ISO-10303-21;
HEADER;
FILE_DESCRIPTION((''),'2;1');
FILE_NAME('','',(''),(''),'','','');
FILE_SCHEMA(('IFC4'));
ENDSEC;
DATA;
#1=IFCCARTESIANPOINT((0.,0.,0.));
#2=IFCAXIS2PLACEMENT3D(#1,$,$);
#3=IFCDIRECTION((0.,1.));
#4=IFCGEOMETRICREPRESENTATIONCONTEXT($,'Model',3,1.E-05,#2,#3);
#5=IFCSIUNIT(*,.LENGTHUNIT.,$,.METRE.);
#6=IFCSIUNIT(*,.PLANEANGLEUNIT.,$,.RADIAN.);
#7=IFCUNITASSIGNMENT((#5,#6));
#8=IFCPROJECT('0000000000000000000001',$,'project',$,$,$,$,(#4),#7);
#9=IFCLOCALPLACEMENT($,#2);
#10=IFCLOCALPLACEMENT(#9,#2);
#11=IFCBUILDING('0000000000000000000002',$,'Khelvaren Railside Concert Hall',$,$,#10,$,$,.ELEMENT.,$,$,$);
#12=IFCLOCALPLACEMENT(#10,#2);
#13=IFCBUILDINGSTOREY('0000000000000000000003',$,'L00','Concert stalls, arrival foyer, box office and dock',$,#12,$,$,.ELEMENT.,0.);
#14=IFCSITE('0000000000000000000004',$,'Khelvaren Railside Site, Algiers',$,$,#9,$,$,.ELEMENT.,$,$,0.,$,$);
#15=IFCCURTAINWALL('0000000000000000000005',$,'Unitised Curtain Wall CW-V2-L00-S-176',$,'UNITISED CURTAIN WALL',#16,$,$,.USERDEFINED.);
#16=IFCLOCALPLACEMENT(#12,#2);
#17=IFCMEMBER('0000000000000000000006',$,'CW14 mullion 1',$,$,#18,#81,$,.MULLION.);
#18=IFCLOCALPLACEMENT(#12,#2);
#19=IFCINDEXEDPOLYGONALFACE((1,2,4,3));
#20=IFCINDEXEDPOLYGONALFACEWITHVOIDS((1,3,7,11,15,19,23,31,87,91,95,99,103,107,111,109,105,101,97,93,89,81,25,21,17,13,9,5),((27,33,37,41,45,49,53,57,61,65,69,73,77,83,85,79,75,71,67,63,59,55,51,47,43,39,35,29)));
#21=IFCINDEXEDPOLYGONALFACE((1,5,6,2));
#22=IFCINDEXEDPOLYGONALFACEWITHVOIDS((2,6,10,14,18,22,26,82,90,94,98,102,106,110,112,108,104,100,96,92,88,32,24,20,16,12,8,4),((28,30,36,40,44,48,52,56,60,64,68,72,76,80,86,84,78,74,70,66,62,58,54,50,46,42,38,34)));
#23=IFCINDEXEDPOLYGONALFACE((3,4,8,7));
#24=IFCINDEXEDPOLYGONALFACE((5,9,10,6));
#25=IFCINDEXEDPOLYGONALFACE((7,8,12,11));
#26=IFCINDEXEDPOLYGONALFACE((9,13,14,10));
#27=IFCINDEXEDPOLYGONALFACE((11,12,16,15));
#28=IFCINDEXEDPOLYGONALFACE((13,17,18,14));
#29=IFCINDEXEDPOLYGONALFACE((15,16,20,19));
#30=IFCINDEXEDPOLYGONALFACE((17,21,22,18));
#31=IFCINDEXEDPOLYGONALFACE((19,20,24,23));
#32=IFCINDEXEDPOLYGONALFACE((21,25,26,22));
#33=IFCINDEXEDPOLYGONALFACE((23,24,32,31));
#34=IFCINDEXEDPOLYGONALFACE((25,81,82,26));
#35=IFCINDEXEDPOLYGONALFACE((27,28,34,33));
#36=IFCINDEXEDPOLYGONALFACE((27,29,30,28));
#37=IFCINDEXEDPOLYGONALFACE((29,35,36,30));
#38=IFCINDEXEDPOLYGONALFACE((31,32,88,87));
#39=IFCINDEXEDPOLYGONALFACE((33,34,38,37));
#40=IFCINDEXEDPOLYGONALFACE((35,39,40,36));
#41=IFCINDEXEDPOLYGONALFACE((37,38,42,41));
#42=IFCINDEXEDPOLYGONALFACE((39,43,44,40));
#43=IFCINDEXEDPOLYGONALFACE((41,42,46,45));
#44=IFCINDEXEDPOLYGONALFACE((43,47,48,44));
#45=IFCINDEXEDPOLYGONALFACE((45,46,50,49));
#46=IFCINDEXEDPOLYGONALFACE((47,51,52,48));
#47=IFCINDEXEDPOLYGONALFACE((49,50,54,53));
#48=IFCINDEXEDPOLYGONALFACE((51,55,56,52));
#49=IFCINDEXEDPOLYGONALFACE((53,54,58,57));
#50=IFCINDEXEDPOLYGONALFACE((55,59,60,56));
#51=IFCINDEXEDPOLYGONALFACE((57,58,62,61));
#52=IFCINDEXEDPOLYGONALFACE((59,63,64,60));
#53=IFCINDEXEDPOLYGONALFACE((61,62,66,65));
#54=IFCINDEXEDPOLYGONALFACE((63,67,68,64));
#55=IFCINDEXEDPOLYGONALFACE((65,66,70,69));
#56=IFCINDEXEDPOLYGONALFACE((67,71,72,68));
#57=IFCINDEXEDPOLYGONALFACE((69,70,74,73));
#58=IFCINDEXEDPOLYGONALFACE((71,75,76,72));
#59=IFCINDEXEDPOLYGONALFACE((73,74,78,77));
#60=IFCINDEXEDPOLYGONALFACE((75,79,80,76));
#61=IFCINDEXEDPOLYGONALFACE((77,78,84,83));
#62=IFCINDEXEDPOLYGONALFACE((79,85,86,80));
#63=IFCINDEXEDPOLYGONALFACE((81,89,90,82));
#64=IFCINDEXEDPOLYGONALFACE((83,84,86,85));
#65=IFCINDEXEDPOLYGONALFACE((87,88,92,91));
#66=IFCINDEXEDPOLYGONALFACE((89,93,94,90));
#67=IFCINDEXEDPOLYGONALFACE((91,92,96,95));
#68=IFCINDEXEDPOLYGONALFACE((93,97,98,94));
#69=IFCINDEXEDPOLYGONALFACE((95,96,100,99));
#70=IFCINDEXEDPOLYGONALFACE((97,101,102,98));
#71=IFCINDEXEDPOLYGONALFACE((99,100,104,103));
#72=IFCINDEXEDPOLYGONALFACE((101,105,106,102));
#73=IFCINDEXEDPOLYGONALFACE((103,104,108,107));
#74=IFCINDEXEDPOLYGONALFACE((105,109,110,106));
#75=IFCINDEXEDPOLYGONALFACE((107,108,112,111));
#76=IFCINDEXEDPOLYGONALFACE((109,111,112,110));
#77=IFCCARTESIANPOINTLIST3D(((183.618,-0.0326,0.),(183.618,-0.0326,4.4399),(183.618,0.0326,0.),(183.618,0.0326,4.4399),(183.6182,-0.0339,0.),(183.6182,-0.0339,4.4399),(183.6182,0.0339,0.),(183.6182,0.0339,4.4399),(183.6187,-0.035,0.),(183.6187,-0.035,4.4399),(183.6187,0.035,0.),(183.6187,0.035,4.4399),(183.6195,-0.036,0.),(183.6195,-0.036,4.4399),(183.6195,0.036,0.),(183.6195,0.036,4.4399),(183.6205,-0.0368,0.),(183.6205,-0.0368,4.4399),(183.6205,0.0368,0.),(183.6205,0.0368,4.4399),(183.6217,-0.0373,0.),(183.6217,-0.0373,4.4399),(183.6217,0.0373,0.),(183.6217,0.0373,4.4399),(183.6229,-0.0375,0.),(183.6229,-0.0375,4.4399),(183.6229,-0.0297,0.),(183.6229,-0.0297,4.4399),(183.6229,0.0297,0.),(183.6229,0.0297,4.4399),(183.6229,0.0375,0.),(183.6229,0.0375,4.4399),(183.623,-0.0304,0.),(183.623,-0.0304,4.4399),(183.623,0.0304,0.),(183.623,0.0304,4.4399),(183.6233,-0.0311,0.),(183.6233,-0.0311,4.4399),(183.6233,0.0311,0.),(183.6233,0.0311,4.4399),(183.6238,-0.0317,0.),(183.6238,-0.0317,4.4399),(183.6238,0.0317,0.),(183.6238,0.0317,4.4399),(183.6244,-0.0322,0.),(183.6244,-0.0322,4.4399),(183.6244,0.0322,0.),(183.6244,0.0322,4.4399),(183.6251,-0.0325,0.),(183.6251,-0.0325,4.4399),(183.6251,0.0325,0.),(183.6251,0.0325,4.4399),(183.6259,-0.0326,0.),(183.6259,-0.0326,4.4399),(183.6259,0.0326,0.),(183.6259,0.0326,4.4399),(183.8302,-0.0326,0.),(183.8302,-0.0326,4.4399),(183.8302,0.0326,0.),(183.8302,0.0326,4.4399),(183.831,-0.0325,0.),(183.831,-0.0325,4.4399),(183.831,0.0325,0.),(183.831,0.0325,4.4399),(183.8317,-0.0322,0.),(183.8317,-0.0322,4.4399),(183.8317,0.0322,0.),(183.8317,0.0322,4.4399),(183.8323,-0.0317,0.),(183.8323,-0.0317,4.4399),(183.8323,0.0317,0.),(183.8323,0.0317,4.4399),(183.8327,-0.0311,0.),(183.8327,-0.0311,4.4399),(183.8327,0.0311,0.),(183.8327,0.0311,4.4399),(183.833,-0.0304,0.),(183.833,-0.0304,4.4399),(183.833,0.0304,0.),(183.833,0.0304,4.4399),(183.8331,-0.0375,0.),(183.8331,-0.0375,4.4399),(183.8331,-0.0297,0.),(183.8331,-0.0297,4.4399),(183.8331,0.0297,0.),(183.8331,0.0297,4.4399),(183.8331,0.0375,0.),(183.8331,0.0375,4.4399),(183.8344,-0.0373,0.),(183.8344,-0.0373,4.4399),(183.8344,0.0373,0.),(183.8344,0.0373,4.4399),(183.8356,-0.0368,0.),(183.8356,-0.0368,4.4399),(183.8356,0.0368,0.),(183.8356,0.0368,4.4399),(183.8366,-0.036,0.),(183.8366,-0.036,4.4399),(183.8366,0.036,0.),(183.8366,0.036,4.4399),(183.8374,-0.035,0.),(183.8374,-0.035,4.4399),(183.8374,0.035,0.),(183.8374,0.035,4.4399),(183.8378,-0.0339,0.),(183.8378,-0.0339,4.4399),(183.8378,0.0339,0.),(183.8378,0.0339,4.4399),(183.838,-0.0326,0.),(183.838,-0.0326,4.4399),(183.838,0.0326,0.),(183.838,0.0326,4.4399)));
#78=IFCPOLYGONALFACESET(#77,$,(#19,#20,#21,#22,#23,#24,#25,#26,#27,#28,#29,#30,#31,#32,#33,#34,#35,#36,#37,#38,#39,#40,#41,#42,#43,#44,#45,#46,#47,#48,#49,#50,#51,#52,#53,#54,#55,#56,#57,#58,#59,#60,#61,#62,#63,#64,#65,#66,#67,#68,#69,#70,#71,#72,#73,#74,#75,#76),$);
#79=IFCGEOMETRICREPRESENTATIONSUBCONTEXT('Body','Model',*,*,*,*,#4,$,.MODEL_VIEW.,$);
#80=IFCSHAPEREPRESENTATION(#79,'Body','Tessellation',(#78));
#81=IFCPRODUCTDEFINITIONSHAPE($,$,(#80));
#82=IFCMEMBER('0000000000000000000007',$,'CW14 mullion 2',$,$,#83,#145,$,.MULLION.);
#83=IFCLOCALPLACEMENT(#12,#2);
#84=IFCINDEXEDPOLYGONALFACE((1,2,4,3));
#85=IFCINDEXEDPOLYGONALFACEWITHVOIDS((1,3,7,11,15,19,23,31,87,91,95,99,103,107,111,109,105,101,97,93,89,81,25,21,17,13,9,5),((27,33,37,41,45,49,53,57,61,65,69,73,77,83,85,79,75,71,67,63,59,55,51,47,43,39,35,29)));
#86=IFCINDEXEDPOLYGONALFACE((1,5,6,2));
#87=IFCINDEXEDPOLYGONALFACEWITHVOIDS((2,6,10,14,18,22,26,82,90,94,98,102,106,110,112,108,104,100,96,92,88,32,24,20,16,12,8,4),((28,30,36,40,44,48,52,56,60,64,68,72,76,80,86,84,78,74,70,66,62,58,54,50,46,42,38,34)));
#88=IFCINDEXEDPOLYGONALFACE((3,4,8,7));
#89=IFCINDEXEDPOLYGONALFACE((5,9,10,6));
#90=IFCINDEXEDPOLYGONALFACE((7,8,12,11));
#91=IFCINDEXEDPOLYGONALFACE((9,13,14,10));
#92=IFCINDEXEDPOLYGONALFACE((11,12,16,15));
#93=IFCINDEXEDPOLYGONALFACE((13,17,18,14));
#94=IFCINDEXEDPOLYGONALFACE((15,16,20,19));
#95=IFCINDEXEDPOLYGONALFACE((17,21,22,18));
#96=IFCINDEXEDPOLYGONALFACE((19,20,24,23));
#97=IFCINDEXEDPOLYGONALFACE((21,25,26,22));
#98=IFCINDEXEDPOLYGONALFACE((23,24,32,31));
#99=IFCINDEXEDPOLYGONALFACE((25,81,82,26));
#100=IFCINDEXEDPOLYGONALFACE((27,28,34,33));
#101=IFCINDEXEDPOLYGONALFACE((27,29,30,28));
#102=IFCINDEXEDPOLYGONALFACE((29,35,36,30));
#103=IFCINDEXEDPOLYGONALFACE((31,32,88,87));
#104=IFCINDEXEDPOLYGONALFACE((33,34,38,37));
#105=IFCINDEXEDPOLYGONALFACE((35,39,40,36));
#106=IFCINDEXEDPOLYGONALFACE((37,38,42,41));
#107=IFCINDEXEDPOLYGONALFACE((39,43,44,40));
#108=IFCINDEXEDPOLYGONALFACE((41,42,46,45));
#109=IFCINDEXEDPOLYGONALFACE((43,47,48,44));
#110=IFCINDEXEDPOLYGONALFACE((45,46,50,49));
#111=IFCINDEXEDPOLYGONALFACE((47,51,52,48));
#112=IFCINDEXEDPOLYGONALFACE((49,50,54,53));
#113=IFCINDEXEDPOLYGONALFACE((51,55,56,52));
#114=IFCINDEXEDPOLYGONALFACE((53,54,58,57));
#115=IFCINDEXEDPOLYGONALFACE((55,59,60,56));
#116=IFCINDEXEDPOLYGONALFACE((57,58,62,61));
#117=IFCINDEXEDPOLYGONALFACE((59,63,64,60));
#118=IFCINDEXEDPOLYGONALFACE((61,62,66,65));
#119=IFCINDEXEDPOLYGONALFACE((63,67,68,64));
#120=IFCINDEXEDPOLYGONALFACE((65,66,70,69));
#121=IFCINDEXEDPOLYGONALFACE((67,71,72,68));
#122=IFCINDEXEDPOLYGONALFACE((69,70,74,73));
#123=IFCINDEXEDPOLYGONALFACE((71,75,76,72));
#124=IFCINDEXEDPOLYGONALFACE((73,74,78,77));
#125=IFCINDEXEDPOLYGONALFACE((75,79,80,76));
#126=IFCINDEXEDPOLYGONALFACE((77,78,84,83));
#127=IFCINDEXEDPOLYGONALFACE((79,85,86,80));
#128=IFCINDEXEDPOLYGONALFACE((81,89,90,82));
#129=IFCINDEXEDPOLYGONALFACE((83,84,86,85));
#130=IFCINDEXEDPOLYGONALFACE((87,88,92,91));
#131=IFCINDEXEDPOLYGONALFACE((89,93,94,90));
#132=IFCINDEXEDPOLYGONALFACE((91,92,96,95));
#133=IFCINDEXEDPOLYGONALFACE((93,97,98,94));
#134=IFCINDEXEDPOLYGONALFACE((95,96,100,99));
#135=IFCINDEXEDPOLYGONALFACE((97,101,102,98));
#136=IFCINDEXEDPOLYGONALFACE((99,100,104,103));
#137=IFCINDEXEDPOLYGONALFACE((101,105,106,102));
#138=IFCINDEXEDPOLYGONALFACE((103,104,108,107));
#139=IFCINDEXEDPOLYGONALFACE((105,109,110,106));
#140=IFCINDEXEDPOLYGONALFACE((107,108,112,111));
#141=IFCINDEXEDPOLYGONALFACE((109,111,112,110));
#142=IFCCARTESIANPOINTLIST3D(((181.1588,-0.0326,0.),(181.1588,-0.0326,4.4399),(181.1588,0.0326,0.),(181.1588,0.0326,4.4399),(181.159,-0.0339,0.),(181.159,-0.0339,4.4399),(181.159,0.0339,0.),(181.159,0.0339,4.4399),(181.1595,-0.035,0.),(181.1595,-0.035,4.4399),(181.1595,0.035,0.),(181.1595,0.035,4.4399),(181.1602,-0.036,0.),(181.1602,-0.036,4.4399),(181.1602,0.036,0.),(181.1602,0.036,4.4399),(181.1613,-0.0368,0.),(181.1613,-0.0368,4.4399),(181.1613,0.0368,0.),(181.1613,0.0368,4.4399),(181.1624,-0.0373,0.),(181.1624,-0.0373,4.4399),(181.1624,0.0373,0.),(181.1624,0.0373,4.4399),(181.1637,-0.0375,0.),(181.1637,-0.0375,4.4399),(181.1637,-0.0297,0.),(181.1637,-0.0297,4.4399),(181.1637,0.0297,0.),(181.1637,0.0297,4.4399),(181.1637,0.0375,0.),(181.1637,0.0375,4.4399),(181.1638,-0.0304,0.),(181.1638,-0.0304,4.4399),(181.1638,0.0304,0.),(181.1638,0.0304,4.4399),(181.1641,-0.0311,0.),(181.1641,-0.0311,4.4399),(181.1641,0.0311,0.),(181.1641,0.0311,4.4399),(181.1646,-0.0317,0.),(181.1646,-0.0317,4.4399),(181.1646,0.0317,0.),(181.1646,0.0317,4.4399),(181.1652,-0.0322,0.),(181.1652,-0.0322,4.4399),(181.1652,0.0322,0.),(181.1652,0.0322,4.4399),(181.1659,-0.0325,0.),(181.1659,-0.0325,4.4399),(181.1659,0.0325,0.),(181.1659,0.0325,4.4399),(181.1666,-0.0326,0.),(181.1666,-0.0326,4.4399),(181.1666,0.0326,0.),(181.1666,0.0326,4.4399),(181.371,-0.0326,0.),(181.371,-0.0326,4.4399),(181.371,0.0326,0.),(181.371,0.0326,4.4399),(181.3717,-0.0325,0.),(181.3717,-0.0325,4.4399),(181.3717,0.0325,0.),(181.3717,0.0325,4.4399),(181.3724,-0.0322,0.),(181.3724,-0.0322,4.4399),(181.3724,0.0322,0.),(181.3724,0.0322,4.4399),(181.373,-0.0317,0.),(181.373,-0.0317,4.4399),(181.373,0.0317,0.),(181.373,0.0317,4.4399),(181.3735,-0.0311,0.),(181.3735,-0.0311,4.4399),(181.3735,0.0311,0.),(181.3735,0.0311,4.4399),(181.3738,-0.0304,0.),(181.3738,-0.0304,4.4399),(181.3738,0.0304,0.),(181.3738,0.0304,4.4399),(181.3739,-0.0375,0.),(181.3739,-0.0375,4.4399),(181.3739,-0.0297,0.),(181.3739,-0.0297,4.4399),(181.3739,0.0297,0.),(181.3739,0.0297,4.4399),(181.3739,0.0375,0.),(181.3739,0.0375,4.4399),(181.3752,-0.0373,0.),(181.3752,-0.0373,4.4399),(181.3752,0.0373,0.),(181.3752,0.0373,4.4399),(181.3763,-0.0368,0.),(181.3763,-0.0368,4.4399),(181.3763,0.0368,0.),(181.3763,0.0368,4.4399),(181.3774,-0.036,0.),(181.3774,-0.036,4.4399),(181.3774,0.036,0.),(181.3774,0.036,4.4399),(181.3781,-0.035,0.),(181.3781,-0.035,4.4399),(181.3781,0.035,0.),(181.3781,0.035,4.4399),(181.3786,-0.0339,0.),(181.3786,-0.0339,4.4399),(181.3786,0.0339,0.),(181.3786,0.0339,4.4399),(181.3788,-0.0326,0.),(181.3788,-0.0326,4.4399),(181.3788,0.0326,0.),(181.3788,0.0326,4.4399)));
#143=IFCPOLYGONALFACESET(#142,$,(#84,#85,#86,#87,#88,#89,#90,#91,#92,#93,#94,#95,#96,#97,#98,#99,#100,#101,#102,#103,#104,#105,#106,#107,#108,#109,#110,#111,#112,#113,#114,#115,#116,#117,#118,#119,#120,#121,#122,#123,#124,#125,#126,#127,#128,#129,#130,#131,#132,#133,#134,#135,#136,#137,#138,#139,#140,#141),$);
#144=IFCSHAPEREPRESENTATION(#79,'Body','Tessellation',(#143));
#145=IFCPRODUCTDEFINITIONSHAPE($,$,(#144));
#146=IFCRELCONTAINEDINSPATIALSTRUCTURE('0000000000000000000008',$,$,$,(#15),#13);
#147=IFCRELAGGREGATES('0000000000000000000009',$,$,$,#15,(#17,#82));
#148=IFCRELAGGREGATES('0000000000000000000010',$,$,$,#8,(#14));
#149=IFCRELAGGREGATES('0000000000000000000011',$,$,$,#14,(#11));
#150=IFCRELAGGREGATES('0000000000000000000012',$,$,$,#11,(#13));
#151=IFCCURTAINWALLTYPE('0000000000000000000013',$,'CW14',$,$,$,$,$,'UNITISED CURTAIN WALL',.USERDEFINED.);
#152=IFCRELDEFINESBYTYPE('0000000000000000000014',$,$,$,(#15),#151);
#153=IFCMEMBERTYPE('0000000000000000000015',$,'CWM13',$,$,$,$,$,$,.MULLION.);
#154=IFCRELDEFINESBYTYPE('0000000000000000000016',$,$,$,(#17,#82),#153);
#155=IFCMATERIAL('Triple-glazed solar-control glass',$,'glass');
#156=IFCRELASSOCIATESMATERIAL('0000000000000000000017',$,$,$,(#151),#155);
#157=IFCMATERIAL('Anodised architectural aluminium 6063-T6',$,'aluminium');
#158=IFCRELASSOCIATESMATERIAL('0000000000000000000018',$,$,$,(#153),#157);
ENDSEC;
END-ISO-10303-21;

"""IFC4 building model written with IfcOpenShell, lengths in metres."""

from ifc_helpers import new_model, si_unit, direction, frame, origin, origin_2d, place, context, subcontext, project, spatial, hollow_rectangle, extrude, material, material_profile, profile_set, type_object, element, aggregate, save


model = new_model("IFC4")

# Units and contexts
model_context = context("Model", 3, precision=1e-05, world=origin(), true_north=direction((0.0, 1.0)))
body_context = subcontext(model_context, "Body", "Model", "MODEL_VIEW")
ifc_project = project(units=[si_unit("LENGTHUNIT", "METRE"), si_unit("PLANEANGLEUNIT", "RADIAN")], contexts=[model_context])

# Site, building, storey
site_placement = place(None, origin())
site = spatial("IfcSite", under=ifc_project, at=site_placement, Name="Khelvaren Railside Site, Algiers", CompositionType="ELEMENT", RefElevation=0.0)
building_placement = place(site_placement, origin())
building = spatial("IfcBuilding", under=site, at=building_placement, Name="Khelvaren Railside Concert Hall", CompositionType="ELEMENT")
storey_placement = place(building_placement, origin())
storey = spatial("IfcBuildingStorey", under=building, at=storey_placement, Name="L00", Description="Concert stalls, arrival foyer, box office and dock", CompositionType="ELEMENT", Elevation=0.0)

# Curtain wall, members
ifc_material_1 = material(Name="Triple-glazed solar-control glass", Category="glass")
curtain_wall_type_1 = type_object("IfcCurtainWallType", Name="CW14", ElementType="UNITISED CURTAIN WALL", PredefinedType="USERDEFINED", material=ifc_material_1)
curtain_wall_1_placement = place(storey_placement, origin())
curtain_wall_1 = element("IfcCurtainWall", 1, at=curtain_wall_1_placement, inside=storey, type_object=curtain_wall_type_1, Name="Unitised Curtain Wall CW-V2-L00-S-176", ObjectType="UNITISED CURTAIN WALL", PredefinedType="USERDEFINED")
ifc_material_2 = material(Name="Anodised architectural aluminium 6063-T6", Category="aluminium")
ifc_material_profile_1 = material_profile(ifc_material_2, hollow_rectangle(XDim=0.075, YDim=0.22, WallThickness=0.0049, InnerFilletRadius=0.0029, OuterFilletRadius=0.0049, at=origin_2d()), Name="CWM 75x220x5")
ifc_profile_set_1 = profile_set([ifc_material_profile_1], Name="Anodised architectural aluminium 6063-T6")
member_type_1 = type_object("IfcMemberType", Name="CWM13", PredefinedType="MULLION", material=ifc_profile_set_1)
member_1_placement = place(storey_placement, frame((183.728, 0.0, 0.0), z_axis=(0.0, 0.0, 1.0), x_axis=(0.0, -1.0, 0.0)))
member_1 = element("IfcMember", 2, at=member_1_placement, type_object=member_type_1, Name="CW14 mullion 1", PredefinedType="MULLION", context=body_context, shape_type="SweptSolid", body=[
    extrude(hollow_rectangle(XDim=0.075, YDim=0.22, WallThickness=0.0049, InnerFilletRadius=0.0029, OuterFilletRadius=0.0049, at=origin_2d()), origin(), (0.0, 0.0, 1.0), 4.4399),
])
member_2_placement = place(storey_placement, frame((181.2688, 0.0, 0.0), z_axis=(0.0, 0.0, 1.0), x_axis=(0.0, -1.0, 0.0)))
member_2 = element("IfcMember", 3, at=member_2_placement, type_object=member_type_1, Name="CW14 mullion 2", PredefinedType="MULLION", context=body_context, shape_type="SweptSolid", body=[
    extrude(hollow_rectangle(XDim=0.075, YDim=0.22, WallThickness=0.0049, InnerFilletRadius=0.0029, OuterFilletRadius=0.0049, at=origin_2d()), origin(), (0.0, 0.0, 1.0), 4.4399),
])

aggregate(curtain_wall_1, [member_1, member_2])

save(model, "model.ifc")
